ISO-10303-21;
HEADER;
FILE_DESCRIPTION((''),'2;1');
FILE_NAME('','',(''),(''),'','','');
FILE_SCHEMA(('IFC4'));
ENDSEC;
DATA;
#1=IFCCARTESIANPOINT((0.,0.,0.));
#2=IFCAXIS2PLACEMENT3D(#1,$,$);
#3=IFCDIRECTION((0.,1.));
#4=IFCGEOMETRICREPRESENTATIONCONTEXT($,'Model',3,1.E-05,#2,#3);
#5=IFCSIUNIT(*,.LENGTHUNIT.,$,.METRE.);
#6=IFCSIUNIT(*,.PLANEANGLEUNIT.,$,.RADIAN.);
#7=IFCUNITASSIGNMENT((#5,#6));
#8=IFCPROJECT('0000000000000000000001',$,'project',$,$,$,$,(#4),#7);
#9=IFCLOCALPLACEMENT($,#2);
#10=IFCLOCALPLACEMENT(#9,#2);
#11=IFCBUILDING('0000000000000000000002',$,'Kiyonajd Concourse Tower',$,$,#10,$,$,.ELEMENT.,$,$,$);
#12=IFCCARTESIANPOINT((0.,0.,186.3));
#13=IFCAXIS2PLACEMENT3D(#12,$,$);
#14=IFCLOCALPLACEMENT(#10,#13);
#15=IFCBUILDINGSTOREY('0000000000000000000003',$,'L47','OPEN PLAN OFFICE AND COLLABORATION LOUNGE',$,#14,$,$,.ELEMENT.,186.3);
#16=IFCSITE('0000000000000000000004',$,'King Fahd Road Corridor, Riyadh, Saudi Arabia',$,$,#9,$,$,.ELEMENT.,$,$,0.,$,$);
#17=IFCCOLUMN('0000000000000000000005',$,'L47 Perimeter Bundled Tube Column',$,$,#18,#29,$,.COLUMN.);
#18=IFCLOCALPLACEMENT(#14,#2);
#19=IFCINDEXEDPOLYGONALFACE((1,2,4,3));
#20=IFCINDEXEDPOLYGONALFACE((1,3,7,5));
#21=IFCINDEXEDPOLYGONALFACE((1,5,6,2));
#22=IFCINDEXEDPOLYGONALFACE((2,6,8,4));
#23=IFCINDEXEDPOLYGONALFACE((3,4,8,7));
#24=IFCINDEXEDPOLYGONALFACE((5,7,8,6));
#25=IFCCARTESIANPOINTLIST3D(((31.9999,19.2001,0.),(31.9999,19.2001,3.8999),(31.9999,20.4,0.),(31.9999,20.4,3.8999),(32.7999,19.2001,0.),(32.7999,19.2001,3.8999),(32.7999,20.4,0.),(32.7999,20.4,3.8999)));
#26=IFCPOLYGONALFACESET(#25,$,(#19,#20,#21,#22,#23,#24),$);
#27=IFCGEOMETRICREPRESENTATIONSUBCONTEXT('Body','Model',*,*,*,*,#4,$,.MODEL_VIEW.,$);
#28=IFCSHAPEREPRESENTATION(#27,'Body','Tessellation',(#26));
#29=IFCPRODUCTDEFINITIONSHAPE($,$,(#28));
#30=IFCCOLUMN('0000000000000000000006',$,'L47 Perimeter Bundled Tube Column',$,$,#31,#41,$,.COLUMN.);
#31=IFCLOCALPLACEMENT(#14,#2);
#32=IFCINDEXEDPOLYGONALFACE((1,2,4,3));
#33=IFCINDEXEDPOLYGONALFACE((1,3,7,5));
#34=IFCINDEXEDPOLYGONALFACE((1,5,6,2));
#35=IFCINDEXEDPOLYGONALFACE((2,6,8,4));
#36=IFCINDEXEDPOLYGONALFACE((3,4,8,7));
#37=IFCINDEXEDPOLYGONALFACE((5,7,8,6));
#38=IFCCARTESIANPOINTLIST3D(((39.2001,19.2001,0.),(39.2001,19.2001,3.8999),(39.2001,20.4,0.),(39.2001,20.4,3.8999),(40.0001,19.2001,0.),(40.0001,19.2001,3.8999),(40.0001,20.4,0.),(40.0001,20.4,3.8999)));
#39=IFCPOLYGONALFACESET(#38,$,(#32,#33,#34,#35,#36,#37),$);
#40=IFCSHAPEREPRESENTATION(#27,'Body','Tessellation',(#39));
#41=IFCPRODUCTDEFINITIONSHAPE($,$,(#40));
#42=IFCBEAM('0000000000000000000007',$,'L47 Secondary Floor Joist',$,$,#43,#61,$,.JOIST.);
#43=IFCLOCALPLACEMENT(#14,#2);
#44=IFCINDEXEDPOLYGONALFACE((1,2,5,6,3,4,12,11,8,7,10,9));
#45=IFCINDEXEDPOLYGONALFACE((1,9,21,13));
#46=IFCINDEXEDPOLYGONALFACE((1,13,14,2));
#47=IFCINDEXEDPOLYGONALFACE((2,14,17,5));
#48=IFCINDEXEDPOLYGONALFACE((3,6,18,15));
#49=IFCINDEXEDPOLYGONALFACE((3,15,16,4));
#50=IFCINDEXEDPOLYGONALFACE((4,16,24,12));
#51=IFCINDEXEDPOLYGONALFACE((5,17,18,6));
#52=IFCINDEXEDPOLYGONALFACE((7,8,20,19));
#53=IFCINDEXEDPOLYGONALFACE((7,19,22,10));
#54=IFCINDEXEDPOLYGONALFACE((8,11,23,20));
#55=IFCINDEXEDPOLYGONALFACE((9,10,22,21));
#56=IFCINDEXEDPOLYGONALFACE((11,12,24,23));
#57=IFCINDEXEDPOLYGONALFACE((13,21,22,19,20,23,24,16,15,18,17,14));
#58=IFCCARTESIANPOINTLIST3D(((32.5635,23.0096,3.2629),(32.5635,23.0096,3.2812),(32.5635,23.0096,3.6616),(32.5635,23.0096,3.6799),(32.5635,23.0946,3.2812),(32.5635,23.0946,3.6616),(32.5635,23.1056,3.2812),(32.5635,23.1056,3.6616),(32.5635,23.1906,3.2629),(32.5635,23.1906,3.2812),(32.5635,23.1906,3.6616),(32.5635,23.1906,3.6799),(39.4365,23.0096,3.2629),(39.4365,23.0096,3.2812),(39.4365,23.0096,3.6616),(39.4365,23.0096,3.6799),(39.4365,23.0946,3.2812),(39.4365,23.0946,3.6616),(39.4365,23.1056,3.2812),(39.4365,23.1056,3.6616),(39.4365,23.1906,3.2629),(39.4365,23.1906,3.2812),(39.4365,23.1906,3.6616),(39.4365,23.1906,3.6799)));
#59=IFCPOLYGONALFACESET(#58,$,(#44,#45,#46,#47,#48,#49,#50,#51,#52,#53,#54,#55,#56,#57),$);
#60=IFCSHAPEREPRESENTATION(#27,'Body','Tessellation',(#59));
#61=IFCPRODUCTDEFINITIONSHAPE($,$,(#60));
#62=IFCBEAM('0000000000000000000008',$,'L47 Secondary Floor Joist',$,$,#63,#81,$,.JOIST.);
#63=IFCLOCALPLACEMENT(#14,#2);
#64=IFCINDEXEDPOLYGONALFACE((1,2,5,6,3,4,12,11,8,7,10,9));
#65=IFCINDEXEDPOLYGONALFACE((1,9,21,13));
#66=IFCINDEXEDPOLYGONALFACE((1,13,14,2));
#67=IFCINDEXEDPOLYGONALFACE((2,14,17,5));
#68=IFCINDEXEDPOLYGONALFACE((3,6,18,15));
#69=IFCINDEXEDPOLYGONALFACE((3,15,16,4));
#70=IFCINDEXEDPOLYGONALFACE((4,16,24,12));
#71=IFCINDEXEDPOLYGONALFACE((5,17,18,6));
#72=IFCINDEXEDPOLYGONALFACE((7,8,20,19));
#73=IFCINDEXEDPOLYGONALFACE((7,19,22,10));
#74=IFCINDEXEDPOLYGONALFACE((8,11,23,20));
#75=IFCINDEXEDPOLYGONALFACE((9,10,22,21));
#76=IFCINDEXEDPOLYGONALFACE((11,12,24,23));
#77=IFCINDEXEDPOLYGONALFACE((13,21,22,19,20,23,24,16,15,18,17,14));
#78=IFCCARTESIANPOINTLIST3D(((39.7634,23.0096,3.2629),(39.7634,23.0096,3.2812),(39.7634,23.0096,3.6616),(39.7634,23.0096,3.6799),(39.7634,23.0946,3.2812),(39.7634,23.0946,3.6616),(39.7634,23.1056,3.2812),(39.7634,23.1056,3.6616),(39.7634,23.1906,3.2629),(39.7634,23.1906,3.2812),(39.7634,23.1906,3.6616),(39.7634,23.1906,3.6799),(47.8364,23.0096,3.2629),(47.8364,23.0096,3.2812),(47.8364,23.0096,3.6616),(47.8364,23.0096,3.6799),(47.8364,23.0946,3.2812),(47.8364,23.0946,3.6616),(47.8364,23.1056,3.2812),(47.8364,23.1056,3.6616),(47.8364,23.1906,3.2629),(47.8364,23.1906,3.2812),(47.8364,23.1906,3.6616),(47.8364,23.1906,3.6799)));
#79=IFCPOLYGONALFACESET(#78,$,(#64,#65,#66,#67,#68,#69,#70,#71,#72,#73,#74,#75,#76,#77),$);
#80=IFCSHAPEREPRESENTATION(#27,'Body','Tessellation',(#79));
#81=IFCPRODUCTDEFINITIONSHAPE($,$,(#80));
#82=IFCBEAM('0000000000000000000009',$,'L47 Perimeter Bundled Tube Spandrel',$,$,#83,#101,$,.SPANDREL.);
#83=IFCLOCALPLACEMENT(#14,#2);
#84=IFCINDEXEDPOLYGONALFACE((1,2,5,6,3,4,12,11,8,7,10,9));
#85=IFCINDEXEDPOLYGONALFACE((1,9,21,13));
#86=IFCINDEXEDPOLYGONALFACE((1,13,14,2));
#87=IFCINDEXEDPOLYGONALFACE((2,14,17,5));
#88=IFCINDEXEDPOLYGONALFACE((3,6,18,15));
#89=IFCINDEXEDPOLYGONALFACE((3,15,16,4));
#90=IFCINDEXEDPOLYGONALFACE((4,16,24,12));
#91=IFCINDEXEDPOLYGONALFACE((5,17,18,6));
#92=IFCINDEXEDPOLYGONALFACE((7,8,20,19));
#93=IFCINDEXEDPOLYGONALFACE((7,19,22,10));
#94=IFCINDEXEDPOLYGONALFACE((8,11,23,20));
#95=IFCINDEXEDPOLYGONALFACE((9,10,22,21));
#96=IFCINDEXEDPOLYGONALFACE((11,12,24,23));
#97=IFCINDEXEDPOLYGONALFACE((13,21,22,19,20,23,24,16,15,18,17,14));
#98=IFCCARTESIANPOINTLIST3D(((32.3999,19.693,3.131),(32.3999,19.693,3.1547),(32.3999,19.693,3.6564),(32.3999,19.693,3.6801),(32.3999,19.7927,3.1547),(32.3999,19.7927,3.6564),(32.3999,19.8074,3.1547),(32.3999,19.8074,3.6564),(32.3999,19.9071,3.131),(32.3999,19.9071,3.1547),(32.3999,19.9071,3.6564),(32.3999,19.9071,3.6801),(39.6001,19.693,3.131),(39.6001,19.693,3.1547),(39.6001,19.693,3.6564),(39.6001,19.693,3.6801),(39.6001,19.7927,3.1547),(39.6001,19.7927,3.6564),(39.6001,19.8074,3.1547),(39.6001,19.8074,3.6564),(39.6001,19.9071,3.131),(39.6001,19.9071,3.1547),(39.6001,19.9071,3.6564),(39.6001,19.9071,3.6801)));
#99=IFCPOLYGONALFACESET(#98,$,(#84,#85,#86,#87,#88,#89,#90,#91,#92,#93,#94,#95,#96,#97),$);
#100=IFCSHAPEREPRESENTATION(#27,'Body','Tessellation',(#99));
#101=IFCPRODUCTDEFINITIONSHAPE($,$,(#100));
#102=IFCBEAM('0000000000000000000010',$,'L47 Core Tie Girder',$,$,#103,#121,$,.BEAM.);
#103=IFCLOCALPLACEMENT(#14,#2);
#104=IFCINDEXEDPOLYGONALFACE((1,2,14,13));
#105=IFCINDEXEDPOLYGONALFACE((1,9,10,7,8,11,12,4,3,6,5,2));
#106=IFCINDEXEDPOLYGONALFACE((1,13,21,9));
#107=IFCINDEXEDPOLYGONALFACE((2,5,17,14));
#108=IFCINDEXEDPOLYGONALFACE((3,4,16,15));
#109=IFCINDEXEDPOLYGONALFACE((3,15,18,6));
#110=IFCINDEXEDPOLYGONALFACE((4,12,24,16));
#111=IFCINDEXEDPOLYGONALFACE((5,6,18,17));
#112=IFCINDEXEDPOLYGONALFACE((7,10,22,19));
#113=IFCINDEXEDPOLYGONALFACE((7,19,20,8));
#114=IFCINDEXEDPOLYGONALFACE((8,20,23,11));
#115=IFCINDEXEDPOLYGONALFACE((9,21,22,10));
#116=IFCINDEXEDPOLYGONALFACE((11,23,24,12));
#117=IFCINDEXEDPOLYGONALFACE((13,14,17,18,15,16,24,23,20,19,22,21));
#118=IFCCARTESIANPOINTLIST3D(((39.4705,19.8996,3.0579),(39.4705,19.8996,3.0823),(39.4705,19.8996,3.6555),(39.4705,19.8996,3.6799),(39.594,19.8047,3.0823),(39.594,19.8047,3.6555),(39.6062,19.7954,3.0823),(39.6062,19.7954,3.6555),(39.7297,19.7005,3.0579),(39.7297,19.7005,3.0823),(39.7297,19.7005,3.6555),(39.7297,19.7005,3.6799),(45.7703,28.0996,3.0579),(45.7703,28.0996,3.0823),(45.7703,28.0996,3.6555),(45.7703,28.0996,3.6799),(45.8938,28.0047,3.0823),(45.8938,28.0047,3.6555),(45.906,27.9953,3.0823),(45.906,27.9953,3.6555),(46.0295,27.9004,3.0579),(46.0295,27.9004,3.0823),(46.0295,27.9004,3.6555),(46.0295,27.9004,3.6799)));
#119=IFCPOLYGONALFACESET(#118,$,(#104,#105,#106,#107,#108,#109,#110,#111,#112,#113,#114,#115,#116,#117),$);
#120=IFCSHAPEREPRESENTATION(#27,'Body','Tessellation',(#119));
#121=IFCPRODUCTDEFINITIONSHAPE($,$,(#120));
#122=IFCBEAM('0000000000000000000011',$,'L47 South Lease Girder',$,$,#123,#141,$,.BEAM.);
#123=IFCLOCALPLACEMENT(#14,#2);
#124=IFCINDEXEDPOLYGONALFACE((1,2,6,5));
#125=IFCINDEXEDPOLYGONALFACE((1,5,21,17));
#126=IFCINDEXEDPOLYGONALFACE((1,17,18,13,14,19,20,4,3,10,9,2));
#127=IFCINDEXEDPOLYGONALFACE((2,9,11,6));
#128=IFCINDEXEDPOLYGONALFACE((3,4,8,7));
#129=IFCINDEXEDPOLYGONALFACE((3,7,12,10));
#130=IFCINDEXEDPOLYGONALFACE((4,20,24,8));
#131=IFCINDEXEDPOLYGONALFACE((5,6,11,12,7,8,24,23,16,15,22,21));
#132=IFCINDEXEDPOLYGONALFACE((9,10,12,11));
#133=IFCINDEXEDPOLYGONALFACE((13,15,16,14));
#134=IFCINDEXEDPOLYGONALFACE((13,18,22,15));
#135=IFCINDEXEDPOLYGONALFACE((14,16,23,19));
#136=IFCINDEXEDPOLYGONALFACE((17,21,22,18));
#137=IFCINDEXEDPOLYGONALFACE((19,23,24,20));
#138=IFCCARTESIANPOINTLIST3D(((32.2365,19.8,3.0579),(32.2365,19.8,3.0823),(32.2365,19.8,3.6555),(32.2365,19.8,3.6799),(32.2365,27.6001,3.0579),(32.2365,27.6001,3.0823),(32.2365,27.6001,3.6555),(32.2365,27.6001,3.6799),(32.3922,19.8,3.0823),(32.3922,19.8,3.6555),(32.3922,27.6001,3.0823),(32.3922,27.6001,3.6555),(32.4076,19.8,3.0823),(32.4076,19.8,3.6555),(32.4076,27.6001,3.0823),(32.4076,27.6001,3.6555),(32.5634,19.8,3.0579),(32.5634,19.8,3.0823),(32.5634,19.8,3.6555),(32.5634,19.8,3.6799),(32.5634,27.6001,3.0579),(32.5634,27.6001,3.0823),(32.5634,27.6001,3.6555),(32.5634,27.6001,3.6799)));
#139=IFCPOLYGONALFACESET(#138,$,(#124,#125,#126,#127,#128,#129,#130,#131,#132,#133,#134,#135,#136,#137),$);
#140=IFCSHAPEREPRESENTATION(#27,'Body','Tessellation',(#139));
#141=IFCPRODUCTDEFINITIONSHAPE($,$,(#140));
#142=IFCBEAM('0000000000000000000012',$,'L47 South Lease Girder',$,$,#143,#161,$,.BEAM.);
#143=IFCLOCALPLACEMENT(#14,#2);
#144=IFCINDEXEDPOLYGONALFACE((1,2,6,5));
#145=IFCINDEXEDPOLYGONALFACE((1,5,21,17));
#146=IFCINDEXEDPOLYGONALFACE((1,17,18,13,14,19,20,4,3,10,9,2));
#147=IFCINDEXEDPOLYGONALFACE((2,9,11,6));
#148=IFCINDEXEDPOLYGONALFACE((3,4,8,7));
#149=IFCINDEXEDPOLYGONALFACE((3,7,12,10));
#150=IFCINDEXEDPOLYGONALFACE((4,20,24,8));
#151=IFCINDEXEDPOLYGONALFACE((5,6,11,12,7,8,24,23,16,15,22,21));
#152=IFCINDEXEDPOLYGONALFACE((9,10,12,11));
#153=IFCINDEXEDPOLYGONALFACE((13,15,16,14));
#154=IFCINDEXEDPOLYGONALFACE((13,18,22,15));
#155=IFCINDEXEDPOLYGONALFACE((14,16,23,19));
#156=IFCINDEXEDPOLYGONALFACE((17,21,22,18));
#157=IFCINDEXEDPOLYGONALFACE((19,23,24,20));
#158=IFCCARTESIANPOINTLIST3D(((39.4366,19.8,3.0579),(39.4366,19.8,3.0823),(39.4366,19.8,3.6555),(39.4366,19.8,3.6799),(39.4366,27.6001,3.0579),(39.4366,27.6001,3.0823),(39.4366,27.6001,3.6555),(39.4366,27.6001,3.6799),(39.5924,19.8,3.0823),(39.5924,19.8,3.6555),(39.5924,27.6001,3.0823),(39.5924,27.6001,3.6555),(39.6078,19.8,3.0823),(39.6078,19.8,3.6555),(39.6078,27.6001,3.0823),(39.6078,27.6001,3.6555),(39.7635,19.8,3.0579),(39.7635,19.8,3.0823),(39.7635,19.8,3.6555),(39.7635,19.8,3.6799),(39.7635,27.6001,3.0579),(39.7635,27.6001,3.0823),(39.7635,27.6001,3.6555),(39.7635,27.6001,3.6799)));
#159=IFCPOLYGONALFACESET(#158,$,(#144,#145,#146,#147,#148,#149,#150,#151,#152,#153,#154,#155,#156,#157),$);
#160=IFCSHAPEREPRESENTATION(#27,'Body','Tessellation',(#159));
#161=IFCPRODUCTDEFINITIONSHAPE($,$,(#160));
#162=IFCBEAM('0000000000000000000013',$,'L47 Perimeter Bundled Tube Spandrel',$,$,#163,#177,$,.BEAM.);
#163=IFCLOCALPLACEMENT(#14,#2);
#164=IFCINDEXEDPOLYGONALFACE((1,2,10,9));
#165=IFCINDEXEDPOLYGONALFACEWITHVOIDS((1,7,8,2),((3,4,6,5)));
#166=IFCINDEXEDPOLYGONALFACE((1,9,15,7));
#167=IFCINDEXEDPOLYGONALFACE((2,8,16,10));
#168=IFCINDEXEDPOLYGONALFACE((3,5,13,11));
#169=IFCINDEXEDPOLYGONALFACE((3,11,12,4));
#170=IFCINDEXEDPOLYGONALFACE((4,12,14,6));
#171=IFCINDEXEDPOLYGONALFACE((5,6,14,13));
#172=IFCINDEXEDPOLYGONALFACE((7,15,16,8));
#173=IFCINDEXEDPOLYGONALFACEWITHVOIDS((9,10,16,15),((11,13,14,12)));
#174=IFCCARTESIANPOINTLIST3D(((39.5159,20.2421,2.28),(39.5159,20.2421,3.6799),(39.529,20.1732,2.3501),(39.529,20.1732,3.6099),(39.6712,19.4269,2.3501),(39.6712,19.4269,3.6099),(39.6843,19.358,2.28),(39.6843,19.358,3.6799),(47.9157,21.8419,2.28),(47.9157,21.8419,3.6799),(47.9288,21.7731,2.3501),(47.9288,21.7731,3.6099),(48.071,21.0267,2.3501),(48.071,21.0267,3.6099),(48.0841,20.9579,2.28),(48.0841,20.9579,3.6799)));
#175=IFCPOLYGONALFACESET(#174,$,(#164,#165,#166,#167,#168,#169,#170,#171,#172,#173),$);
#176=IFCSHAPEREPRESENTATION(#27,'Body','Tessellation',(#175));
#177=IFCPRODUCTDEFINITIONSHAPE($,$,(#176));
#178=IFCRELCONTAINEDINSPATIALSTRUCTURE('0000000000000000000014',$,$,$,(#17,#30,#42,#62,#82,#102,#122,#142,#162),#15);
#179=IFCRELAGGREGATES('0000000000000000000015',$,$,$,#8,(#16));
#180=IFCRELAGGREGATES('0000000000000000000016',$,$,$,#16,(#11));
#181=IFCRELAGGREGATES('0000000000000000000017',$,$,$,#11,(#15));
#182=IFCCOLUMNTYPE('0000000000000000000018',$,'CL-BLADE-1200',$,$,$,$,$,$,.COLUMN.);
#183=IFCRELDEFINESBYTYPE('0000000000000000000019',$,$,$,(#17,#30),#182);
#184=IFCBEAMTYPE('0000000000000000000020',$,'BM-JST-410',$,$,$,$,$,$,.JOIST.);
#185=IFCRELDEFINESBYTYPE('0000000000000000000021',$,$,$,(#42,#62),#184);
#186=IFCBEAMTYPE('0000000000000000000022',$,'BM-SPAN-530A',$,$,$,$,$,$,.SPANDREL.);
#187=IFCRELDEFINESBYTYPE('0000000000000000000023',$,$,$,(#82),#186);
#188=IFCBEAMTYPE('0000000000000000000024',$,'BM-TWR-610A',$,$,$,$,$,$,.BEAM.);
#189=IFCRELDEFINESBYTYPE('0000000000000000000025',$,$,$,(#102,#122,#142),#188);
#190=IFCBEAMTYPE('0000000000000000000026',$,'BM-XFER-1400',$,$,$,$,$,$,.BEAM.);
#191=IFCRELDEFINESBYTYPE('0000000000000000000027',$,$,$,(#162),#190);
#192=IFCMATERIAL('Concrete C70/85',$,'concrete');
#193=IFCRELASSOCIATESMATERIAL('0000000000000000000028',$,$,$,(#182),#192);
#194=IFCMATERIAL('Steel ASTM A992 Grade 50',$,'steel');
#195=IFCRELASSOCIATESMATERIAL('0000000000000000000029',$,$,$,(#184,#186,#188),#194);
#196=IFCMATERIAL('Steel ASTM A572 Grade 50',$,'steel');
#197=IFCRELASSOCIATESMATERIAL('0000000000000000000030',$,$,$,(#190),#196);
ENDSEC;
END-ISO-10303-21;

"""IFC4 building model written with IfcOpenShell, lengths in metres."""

from ifc_helpers import new_model, si_unit, direction, frame, origin, origin_2d, place, context, subcontext, project, spatial, rectangle, hollow_rectangle, i_section, extrude, material, material_profile, profile_set, type_object, element, save


model = new_model("IFC4")

# Units and contexts
model_context = context("Model", 3, precision=1e-05, world=origin(), true_north=direction((0.0, 1.0)))
body_context = subcontext(model_context, "Body", "Model", "MODEL_VIEW")
ifc_project = project(units=[si_unit("LENGTHUNIT", "METRE"), si_unit("PLANEANGLEUNIT", "RADIAN")], contexts=[model_context])

# Site, building, storey
site_placement = place(None, origin())
site = spatial("IfcSite", under=ifc_project, at=site_placement, Name="King Fahd Road Corridor, Riyadh, Saudi Arabia", CompositionType="ELEMENT", RefElevation=0.0)
building_placement = place(site_placement, origin())
building = spatial("IfcBuilding", under=site, at=building_placement, Name="Kiyonajd Concourse Tower", CompositionType="ELEMENT")
storey_placement = place(building_placement, frame((0.0, 0.0, 186.3)))
storey = spatial("IfcBuildingStorey", under=building, at=storey_placement, Name="L47", Description="OPEN PLAN OFFICE AND COLLABORATION LOUNGE", CompositionType="ELEMENT", Elevation=186.3)

# Columns
ifc_material_1 = material(Name="Concrete C70/85", Category="concrete")
ifc_material_profile_1 = material_profile(ifc_material_1, rectangle(XDim=0.8, YDim=1.2, at=origin_2d()), Name="RC-1200x800")
ifc_profile_set_1 = profile_set([ifc_material_profile_1], Name="Concrete C70/85")
column_type = type_object("IfcColumnType", Name="CL-BLADE-1200", PredefinedType="COLUMN", material=ifc_profile_set_1)
for number, where, z_axis, x_axis, name in (
    (1, (32.3999, 19.8, 0.0), (0.0, 0.0, 1.0), (1.0, 0.0, 0.0), "L47 Perimeter Bundled Tube Column"),
    (2, (39.6001, 19.8, 0.0), (0.0, 0.0, 1.0), (1.0, 0.0, 0.0), "L47 Perimeter Bundled Tube Column"),
):
    element("IfcColumn", number, at=place(storey_placement, frame(where, z_axis=z_axis, x_axis=x_axis)), inside=storey, type_object=column_type, Name=name, PredefinedType="COLUMN", context=body_context, shape_type="SweptSolid", body=[
        extrude(rectangle(XDim=0.8, YDim=1.2, at=origin_2d()), origin(), (0.0, 0.0, 1.0), 3.8999),
    ])

# Beams
ifc_material_2 = material(Name="Steel ASTM A992 Grade 50", Category="steel")
ifc_material_profile_2 = material_profile(ifc_material_2, i_section(OverallWidth=0.1809, OverallDepth=0.417, WebThickness=0.011, FlangeThickness=0.0183, at=origin_2d()), Name="W410X85")
ifc_profile_set_2 = profile_set([ifc_material_profile_2], Name="Steel ASTM A992 Grade 50")
beam_type_1 = type_object("IfcBeamType", Name="BM-JST-410", PredefinedType="JOIST", material=ifc_profile_set_2)
beam_1_placement = place(storey_placement, frame((32.5635, 23.1001, 3.4714), z_axis=(1.0, 0.0, 0.0), x_axis=(0.0, 1.0, 0.0)))
element("IfcBeam", 3, at=beam_1_placement, inside=storey, type_object=beam_type_1, Name="L47 Secondary Floor Joist", PredefinedType="JOIST", context=body_context, shape_type="SweptSolid", body=[
    extrude(i_section(OverallWidth=0.1809, OverallDepth=0.417, WebThickness=0.011, FlangeThickness=0.0183, at=origin_2d()), origin(), (0.0, 0.0, 1.0), 6.873),
])
beam_2_placement = place(storey_placement, frame((39.7634, 23.1001, 3.4714), z_axis=(1.0, 0.0, 0.0), x_axis=(0.0, 1.0, 0.0)))
element("IfcBeam", 4, at=beam_2_placement, inside=storey, type_object=beam_type_1, Name="L47 Secondary Floor Joist", PredefinedType="JOIST", context=body_context, shape_type="SweptSolid", body=[
    extrude(i_section(OverallWidth=0.1809, OverallDepth=0.417, WebThickness=0.011, FlangeThickness=0.0183, at=origin_2d()), origin(), (0.0, 0.0, 1.0), 8.073),
])
ifc_material_profile_3 = material_profile(ifc_material_2, i_section(OverallWidth=0.2141, OverallDepth=0.5491, WebThickness=0.0146, FlangeThickness=0.0237, at=origin_2d()), Name="W530X138")
ifc_profile_set_3 = profile_set([ifc_material_profile_3], Name="Steel ASTM A992 Grade 50")
beam_type_2 = type_object("IfcBeamType", Name="BM-SPAN-530A", PredefinedType="SPANDREL", material=ifc_profile_set_3)
beam_3_placement = place(storey_placement, frame((32.3999, 19.8, 3.4055), z_axis=(1.0, 0.0, 0.0), x_axis=(0.0, 1.0, 0.0)))
element("IfcBeam", 5, at=beam_3_placement, inside=storey, type_object=beam_type_2, Name="L47 Perimeter Bundled Tube Spandrel", PredefinedType="SPANDREL", context=body_context, shape_type="SweptSolid", body=[
    extrude(i_section(OverallWidth=0.2141, OverallDepth=0.5491, WebThickness=0.0146, FlangeThickness=0.0237, at=origin_2d()), origin(), (0.0, 0.0, 1.0), 7.2002),
])
ifc_material_profile_4 = material_profile(ifc_material_2, i_section(OverallWidth=0.3269, OverallDepth=0.6221, WebThickness=0.0154, FlangeThickness=0.0244, at=origin_2d()), Name="W610X195")
ifc_profile_set_4 = profile_set([ifc_material_profile_4], Name="Steel ASTM A992 Grade 50")
beam_type_3 = type_object("IfcBeamType", Name="BM-TWR-610A", PredefinedType="BEAM", material=ifc_profile_set_4)
beam_4_placement = place(storey_placement, frame((39.6001, 19.8, 3.3689), z_axis=(0.609234, 0.792991, 0.0), x_axis=(-0.792991, 0.609234, 0.0)))
element("IfcBeam", 6, at=beam_4_placement, inside=storey, type_object=beam_type_3, Name="L47 Core Tie Girder", PredefinedType="BEAM", context=body_context, shape_type="SweptSolid", body=[
    extrude(i_section(OverallWidth=0.3269, OverallDepth=0.6221, WebThickness=0.0154, FlangeThickness=0.0244, at=origin_2d()), origin(), (0.0, 0.0, 1.0), 10.3406),
])
for number, where, z_axis, x_axis, name in (
    (7, (32.3999, 19.8, 3.3689), (0.0, 1.0, 0.0), (-1.0, 0.0, 0.0), "L47 South Lease Girder"),
    (8, (39.6001, 19.8, 3.3689), (0.0, 1.0, 0.0), (-1.0, 0.0, 0.0), "L47 South Lease Girder"),
):
    element("IfcBeam", number, at=place(storey_placement, frame(where, z_axis=z_axis, x_axis=x_axis)), inside=storey, type_object=beam_type_3, Name=name, PredefinedType="BEAM", context=body_context, shape_type="SweptSolid", body=[
        extrude(i_section(OverallWidth=0.3269, OverallDepth=0.6221, WebThickness=0.0154, FlangeThickness=0.0244, at=origin_2d()), origin(), (0.0, 0.0, 1.0), 7.8),
    ])
ifc_material_3 = material(Name="Steel ASTM A572 Grade 50", Category="steel")
ifc_material_profile_5 = material_profile(ifc_material_3, hollow_rectangle(XDim=0.8999, YDim=1.3999, WallThickness=0.0701, at=origin_2d()), Name="BOX-1400x900x70")
ifc_profile_set_5 = profile_set([ifc_material_profile_5], Name="Steel ASTM A572 Grade 50")
beam_type_4 = type_object("IfcBeamType", Name="BM-XFER-1400", PredefinedType="BEAM", material=ifc_profile_set_5)
beam_5_placement = place(storey_placement, frame((39.6001, 19.8, 2.98), z_axis=(0.982341, 0.187098, 0.0), x_axis=(-0.187098, 0.982341, 0.0)))
element("IfcBeam", 9, at=beam_5_placement, inside=storey, type_object=beam_type_4, Name="L47 Perimeter Bundled Tube Spandrel", PredefinedType="BEAM", context=body_context, shape_type="SweptSolid", body=[
    extrude(hollow_rectangle(XDim=0.8999, YDim=1.3999, WallThickness=0.0701, at=origin_2d()), origin(), (0.0, 0.0, 1.0), 8.5508),
])

save(model, "model.ifc")
